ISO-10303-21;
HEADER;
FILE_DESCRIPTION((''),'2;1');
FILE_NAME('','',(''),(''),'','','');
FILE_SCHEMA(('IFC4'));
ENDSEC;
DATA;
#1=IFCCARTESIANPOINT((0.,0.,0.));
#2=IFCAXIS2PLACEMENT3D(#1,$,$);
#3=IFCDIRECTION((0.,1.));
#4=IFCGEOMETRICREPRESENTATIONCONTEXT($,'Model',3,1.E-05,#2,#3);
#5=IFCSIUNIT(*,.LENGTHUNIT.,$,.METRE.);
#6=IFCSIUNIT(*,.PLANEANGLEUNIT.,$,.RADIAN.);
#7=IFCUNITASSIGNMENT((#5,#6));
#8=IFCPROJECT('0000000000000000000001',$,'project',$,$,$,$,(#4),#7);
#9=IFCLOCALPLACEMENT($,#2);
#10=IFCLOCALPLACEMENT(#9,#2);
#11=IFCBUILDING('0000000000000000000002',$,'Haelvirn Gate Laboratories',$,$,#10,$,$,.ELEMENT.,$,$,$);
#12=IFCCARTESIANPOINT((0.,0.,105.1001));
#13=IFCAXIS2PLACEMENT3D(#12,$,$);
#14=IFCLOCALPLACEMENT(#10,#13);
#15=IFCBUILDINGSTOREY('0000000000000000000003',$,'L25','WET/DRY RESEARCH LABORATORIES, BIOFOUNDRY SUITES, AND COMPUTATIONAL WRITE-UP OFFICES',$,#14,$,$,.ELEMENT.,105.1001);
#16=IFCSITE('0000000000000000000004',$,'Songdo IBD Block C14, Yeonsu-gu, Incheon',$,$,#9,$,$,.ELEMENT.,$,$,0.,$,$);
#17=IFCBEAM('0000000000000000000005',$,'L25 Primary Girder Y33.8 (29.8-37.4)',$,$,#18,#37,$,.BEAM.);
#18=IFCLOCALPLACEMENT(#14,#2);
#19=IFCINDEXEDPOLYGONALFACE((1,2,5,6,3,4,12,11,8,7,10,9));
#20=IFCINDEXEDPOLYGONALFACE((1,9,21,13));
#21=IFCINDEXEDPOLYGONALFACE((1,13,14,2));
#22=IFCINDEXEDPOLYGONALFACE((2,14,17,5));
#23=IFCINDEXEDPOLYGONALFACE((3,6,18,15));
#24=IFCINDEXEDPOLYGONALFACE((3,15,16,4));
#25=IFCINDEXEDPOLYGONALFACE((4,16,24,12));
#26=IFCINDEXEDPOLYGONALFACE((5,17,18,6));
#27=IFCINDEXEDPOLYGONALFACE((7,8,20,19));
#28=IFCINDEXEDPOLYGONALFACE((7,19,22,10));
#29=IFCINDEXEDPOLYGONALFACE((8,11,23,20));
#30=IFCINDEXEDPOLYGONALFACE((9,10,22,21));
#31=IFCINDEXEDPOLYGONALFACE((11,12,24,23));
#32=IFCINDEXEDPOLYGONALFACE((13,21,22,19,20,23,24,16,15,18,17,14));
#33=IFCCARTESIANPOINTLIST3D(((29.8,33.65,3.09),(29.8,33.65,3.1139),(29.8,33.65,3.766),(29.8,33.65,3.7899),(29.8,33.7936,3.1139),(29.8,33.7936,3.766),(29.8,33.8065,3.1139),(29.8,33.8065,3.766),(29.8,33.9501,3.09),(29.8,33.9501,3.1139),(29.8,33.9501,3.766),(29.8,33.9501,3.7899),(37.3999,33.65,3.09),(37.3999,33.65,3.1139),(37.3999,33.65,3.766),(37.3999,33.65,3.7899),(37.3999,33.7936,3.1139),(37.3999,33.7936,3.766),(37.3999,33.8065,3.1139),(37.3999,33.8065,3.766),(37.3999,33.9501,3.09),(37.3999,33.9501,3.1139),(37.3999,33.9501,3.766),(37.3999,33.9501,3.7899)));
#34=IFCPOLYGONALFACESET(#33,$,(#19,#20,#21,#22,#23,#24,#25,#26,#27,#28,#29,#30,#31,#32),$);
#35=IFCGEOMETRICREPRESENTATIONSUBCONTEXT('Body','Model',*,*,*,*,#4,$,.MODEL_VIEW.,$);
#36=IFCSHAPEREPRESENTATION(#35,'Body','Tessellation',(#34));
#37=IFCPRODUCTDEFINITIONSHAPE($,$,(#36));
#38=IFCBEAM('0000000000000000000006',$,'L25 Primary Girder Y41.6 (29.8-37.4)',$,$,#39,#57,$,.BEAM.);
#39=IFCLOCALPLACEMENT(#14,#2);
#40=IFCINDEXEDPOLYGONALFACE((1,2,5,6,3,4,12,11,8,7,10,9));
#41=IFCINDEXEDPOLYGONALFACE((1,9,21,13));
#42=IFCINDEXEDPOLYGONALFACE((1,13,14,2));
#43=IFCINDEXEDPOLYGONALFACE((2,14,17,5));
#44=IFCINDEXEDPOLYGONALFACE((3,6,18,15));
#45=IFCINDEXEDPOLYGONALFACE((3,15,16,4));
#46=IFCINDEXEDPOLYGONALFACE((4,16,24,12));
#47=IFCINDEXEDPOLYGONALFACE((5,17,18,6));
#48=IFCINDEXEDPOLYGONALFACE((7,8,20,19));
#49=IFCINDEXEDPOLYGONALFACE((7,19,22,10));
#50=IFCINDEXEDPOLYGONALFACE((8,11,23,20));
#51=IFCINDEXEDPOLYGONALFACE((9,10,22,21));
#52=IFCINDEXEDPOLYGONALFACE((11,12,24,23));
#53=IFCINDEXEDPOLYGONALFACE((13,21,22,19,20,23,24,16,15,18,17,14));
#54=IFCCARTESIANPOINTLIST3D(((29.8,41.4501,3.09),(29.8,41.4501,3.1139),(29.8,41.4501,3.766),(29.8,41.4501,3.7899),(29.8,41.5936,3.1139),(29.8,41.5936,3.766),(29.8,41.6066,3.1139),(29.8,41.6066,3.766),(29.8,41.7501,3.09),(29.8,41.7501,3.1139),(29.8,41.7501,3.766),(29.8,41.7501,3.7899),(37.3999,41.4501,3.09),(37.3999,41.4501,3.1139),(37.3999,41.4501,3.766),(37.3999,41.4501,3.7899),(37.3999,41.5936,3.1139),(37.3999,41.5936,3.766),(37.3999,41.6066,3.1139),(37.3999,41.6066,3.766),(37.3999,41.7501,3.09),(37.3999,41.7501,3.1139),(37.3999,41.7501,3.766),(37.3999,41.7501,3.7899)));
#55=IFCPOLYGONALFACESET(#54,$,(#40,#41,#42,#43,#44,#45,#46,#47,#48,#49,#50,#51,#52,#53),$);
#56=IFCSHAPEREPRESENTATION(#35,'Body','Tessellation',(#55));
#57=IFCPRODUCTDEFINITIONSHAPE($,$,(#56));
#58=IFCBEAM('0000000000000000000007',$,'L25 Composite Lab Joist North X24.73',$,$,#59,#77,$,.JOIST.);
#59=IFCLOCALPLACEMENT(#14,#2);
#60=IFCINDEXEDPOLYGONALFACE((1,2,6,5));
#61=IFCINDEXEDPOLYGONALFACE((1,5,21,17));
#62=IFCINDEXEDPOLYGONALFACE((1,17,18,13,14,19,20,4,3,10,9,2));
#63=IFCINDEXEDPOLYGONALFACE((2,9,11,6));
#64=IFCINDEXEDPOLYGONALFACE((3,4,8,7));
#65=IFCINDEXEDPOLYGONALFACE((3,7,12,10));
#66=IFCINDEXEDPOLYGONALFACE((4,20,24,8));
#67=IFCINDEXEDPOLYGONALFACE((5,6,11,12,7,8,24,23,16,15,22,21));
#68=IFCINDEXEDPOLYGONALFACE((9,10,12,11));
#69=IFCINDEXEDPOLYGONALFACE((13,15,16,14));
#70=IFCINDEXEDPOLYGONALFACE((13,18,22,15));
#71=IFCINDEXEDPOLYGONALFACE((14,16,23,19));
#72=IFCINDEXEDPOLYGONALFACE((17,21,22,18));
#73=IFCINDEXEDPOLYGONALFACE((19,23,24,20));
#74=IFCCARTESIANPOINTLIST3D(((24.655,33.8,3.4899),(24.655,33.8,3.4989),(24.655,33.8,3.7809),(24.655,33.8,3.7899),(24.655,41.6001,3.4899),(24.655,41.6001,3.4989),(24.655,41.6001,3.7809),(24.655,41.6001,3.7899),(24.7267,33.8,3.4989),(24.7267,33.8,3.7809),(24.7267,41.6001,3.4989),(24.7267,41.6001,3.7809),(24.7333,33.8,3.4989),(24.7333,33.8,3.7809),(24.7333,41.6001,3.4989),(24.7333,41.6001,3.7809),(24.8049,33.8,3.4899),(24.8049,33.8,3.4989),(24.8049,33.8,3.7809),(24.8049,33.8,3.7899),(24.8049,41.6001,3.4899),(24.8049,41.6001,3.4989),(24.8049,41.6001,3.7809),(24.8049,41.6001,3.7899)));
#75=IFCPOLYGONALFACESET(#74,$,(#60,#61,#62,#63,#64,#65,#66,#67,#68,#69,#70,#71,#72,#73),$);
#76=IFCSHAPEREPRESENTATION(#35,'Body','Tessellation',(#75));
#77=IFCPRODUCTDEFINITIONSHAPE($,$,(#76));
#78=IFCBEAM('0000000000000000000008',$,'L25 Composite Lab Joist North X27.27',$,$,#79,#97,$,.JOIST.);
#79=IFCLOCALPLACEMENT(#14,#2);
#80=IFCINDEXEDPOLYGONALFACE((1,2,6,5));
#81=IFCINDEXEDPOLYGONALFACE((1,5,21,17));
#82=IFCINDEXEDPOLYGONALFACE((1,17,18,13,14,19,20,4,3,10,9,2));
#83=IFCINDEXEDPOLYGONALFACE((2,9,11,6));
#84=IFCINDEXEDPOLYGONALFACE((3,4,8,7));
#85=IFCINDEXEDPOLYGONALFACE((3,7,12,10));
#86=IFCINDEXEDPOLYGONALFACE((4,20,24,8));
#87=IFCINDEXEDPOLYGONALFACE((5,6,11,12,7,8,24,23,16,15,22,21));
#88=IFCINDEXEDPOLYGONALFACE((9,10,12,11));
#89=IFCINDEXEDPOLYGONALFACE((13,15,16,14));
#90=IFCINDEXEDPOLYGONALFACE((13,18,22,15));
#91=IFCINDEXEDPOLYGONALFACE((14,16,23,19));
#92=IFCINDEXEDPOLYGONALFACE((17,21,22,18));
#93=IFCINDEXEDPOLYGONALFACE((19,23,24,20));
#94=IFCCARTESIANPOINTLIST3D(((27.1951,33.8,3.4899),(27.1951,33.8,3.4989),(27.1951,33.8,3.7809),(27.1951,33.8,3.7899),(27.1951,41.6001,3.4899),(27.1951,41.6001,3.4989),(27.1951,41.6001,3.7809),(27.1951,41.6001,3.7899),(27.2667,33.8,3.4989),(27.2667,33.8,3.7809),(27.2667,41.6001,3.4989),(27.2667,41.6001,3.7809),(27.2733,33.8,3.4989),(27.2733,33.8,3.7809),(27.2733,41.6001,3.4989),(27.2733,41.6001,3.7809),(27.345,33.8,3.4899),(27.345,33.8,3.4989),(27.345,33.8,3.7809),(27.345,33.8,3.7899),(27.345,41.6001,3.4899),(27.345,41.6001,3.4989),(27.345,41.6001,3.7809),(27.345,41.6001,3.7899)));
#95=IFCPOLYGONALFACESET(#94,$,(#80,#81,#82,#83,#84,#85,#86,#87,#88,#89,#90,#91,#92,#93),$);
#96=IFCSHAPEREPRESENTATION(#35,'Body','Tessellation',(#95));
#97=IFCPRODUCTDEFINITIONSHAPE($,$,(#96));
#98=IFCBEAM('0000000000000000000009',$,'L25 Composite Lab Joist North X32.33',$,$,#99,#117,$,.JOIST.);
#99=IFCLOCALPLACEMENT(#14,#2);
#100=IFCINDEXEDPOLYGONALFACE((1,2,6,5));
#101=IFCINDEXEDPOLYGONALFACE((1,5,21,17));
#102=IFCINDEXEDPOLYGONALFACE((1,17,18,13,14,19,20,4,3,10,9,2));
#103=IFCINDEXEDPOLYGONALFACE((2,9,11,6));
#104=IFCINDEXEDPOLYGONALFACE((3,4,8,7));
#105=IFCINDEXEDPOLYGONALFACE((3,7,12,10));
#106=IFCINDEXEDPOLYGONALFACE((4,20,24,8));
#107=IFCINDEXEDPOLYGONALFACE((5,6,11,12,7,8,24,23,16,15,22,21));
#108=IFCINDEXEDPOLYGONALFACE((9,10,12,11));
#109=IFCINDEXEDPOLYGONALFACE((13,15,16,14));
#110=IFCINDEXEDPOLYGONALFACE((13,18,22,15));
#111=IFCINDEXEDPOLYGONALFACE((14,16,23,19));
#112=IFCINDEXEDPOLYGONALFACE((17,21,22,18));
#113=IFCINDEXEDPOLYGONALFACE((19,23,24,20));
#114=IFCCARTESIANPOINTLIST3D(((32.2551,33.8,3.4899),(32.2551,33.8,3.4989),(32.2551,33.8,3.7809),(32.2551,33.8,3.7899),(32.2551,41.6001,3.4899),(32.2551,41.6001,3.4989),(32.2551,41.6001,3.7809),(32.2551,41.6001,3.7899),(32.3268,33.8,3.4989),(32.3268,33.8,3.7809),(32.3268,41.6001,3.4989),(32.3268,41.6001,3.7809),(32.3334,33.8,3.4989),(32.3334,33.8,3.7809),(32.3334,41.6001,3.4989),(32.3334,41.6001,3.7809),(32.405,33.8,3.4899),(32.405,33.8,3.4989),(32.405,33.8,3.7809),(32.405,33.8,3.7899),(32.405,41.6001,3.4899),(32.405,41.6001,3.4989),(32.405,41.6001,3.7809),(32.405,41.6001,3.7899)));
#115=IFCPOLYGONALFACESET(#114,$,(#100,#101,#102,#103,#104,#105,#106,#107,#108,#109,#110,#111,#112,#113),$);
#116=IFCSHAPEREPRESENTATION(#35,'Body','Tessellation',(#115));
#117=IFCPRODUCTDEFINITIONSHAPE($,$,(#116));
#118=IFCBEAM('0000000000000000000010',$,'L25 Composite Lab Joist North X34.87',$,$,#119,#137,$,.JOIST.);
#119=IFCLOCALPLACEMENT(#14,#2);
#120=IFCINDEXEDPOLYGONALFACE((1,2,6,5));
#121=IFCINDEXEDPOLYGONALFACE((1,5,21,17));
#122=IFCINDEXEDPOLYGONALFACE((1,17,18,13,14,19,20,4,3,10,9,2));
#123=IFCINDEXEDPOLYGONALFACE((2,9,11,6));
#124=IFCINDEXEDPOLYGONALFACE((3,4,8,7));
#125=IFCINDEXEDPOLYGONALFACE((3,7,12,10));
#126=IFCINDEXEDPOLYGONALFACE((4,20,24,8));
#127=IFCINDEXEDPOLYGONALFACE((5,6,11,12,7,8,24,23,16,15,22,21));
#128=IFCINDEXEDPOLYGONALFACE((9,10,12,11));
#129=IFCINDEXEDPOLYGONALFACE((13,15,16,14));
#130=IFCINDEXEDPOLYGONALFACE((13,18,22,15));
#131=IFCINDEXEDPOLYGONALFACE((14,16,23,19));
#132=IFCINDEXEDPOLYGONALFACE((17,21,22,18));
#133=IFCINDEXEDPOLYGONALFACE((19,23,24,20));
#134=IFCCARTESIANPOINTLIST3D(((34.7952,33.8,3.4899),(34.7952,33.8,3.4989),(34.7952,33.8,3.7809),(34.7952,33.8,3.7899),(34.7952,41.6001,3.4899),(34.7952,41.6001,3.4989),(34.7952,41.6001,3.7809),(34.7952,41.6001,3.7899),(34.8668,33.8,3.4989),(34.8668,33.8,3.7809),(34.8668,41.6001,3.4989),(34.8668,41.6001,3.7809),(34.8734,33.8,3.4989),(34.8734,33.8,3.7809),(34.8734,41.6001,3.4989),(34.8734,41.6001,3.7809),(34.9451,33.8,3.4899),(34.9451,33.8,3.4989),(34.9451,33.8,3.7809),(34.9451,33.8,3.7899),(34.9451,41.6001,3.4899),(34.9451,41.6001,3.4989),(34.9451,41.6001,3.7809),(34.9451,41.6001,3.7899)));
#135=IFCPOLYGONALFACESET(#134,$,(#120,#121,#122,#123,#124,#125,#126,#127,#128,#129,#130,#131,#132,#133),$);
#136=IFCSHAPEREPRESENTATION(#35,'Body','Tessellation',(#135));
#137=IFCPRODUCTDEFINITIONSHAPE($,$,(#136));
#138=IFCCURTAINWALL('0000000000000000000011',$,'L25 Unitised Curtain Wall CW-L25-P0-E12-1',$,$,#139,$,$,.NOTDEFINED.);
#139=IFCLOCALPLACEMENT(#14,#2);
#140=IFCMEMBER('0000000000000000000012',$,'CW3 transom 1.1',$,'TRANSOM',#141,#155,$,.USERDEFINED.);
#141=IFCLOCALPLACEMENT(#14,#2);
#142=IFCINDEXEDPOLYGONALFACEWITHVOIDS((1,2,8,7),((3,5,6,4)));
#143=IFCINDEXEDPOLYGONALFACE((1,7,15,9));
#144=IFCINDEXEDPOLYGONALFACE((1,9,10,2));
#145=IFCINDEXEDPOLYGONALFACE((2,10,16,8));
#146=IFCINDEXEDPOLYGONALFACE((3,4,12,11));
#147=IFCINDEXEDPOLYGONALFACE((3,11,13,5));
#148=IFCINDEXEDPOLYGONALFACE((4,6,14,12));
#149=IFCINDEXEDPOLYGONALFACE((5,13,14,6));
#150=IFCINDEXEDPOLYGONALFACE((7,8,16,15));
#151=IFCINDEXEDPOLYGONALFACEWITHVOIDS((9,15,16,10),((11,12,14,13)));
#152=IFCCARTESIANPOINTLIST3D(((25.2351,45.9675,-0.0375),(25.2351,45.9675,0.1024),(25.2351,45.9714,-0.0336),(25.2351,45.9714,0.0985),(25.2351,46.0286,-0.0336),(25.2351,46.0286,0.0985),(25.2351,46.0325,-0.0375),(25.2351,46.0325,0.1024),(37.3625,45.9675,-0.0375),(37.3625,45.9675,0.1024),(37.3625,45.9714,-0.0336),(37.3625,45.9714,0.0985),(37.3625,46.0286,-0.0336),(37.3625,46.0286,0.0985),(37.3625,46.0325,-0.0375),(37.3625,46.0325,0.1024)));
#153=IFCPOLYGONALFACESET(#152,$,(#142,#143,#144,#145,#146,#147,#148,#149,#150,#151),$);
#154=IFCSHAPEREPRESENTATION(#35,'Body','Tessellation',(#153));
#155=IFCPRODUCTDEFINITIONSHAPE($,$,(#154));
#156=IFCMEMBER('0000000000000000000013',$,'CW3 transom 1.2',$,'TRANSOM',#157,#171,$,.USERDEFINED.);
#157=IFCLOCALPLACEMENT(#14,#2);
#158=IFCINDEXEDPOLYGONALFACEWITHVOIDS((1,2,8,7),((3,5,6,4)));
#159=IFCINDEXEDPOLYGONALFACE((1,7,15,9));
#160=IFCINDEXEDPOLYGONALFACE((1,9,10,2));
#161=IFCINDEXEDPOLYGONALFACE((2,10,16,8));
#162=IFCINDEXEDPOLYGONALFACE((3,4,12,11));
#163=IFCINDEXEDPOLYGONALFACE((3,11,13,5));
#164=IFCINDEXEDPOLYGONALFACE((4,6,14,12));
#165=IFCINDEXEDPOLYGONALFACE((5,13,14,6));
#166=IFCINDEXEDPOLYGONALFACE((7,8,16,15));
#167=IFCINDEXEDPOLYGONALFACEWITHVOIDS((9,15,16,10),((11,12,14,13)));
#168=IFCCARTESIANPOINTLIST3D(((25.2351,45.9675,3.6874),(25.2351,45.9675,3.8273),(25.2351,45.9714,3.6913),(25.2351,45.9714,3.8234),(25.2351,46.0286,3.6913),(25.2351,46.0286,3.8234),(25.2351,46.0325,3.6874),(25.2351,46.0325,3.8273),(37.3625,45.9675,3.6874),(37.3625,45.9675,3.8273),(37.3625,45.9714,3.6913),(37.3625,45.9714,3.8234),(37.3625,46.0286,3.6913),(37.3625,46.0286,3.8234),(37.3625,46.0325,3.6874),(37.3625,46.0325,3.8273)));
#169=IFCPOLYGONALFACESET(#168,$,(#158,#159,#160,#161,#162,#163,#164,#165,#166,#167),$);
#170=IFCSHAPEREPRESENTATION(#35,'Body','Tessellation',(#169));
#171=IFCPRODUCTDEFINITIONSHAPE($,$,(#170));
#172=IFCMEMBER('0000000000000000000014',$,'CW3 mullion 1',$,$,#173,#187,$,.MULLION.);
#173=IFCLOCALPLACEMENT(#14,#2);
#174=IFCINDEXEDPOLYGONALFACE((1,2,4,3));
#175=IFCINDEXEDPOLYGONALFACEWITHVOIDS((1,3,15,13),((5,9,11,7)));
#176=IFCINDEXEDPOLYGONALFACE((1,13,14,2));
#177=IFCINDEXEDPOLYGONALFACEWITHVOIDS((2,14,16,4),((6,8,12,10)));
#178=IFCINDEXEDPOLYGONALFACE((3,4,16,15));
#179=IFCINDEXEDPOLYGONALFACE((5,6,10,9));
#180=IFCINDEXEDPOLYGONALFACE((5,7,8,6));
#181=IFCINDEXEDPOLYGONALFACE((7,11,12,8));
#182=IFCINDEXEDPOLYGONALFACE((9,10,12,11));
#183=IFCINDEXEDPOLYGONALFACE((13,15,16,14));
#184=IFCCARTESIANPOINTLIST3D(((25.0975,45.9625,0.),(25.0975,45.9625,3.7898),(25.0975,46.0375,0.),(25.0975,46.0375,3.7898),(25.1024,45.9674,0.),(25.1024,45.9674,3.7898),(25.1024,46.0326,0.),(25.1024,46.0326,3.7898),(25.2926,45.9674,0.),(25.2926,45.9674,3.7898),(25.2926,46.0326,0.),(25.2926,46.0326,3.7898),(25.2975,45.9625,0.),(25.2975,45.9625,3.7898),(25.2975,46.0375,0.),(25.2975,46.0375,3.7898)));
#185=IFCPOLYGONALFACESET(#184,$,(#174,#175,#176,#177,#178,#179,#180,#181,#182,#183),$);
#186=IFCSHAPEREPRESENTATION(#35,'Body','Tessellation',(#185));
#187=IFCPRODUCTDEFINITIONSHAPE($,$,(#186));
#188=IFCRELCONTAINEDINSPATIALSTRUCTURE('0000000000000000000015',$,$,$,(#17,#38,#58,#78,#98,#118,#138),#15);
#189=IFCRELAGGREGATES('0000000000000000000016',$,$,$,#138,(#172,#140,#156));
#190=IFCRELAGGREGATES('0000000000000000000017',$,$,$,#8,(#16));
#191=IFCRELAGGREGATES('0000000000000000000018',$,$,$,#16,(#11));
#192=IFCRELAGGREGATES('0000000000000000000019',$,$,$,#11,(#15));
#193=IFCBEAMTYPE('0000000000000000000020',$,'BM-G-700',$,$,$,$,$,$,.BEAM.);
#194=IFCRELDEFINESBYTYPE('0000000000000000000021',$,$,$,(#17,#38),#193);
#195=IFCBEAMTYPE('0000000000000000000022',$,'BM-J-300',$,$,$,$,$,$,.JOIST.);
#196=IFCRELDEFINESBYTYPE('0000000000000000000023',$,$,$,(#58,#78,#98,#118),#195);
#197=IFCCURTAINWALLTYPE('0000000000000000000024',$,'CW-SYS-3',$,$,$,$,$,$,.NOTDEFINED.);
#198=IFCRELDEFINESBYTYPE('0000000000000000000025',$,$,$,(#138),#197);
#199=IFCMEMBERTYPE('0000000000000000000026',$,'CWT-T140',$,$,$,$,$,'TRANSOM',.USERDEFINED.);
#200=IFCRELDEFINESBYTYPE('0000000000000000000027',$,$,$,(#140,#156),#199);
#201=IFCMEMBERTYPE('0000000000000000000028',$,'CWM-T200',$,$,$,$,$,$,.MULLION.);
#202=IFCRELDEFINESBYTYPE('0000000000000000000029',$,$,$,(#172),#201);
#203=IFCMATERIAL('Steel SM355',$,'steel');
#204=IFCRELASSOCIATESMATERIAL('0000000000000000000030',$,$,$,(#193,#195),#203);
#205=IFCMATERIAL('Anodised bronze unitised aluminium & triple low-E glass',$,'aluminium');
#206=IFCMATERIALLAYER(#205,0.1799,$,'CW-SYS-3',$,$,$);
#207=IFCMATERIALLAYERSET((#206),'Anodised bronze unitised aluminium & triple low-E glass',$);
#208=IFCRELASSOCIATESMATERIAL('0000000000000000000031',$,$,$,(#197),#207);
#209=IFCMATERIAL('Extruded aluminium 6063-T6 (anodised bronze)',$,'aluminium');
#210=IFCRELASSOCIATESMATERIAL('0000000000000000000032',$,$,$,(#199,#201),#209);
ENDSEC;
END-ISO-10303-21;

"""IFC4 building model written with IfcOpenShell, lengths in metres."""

from ifc_helpers import new_model, si_unit, direction, frame, origin, origin_2d, place, context, subcontext, project, spatial, hollow_rectangle, i_section, extrude, source, transform, mapped, material, layer, layer_set, material_profile, profile_set, type_object, type_shapes, element, aggregate, save


model = new_model("IFC4")

# Units and contexts
model_context = context("Model", 3, precision=1e-05, world=origin(), true_north=direction((0.0, 1.0)))
body_context = subcontext(model_context, "Body", "Model", "MODEL_VIEW")
ifc_project = project(units=[si_unit("LENGTHUNIT", "METRE"), si_unit("PLANEANGLEUNIT", "RADIAN")], contexts=[model_context])

# Site, building, storey
site_placement = place(None, origin())
site = spatial("IfcSite", under=ifc_project, at=site_placement, Name="Songdo IBD Block C14, Yeonsu-gu, Incheon", CompositionType="ELEMENT", RefElevation=0.0)
building_placement = place(site_placement, origin())
building = spatial("IfcBuilding", under=site, at=building_placement, Name="Haelvirn Gate Laboratories", CompositionType="ELEMENT")
storey_placement = place(building_placement, frame((0.0, 0.0, 105.1001)))
storey = spatial("IfcBuildingStorey", under=building, at=storey_placement, Name="L25", Description="WET/DRY RESEARCH LABORATORIES, BIOFOUNDRY SUITES, AND COMPUTATIONAL WRITE-UP OFFICES", CompositionType="ELEMENT", Elevation=105.1001)

# Shared definitions
ifc_material_1 = material(Name="Steel SM355", Category="steel")

# Beams
ifc_material_profile_1 = material_profile(ifc_material_1, i_section(OverallWidth=0.3, OverallDepth=0.7, WebThickness=0.0129, FlangeThickness=0.0239, at=origin_2d()), Name="H-700x300x13x24")
ifc_profile_set_1 = profile_set([ifc_material_profile_1], Name="Steel SM355")
beam_type_1 = type_object("IfcBeamType", Name="BM-G-700", PredefinedType="BEAM", material=ifc_profile_set_1)
shared_shape_1 = source(origin(), body_context, "Body", "SweptSolid", [
    extrude(i_section(OverallWidth=0.3, OverallDepth=0.7, WebThickness=0.0129, FlangeThickness=0.0239, at=origin_2d()), origin(), (0.0, 0.0, 1.0), 7.5999),
])
for number, where, z_axis, x_axis, name in (
    (1, (29.8, 33.8, 3.4399), (1.0, 0.0, 0.0), (0.0, 1.0, 0.0), "L25 Primary Girder Y33.8 (29.8-37.4)"),
    (2, (29.8, 41.6001, 3.4399), (1.0, 0.0, 0.0), (0.0, 1.0, 0.0), "L25 Primary Girder Y41.6 (29.8-37.4)"),
):
    element("IfcBeam", number, at=place(storey_placement, frame(where, z_axis=z_axis, x_axis=x_axis)), inside=storey, type_object=beam_type_1, Name=name, PredefinedType="BEAM", context=body_context, shape_type="MappedRepresentation", body=[
        mapped(shared_shape_1, transform((0.0, 0.0, 0.0), scale=1.0)),
    ])
ifc_material_profile_2 = material_profile(ifc_material_1, i_section(OverallWidth=0.1499, OverallDepth=0.3, WebThickness=0.0066, FlangeThickness=0.009, at=origin_2d()), Name="H-300x150x6.5x9")
ifc_profile_set_2 = profile_set([ifc_material_profile_2], Name="Steel SM355")
beam_type_2 = type_object("IfcBeamType", Name="BM-J-300", PredefinedType="JOIST", material=ifc_profile_set_2)
shared_shape_2 = source(origin(), body_context, "Body", "SweptSolid", [
    extrude(i_section(OverallWidth=0.1499, OverallDepth=0.3, WebThickness=0.0066, FlangeThickness=0.009, at=origin_2d()), origin(), (0.0, 0.0, 1.0), 7.8),
])
type_shapes(beam_type_2, [shared_shape_2])
for number, where, z_axis, x_axis, name in (
    (3, (24.73, 33.8, 3.6399), (0.0, 1.0, 0.0), (-1.0, 0.0, 0.0), "L25 Composite Lab Joist North X24.73"),
    (4, (27.27, 33.8, 3.6399), (0.0, 1.0, 0.0), (-1.0, 0.0, 0.0), "L25 Composite Lab Joist North X27.27"),
    (5, (32.3301, 33.8, 3.6399), (0.0, 1.0, 0.0), (-1.0, 0.0, 0.0), "L25 Composite Lab Joist North X32.33"),
    (6, (34.8701, 33.8, 3.6399), (0.0, 1.0, 0.0), (-1.0, 0.0, 0.0), "L25 Composite Lab Joist North X34.87"),
):
    element("IfcBeam", number, at=place(storey_placement, frame(where, z_axis=z_axis, x_axis=x_axis)), inside=storey, type_object=beam_type_2, Name=name, PredefinedType="JOIST", context=body_context, shape_type="MappedRepresentation", body=[
        mapped(shared_shape_2, transform((0.0, 0.0, 0.0), scale=1.0)),
    ])

# Curtain wall, members
ifc_material_2 = material(Name="Anodised bronze unitised aluminium & triple low-E glass", Category="aluminium")
ifc_layer_1 = layer(ifc_material_2, 0.1799, Name="CW-SYS-3")
ifc_layer_set_1 = layer_set([ifc_layer_1], Name="Anodised bronze unitised aluminium & triple low-E glass")
curtain_wall_type = type_object("IfcCurtainWallType", Name="CW-SYS-3", PredefinedType="NOTDEFINED", material=ifc_layer_set_1)
curtain_wall_1_placement = place(storey_placement, origin())
curtain_wall_1 = element("IfcCurtainWall", 7, at=curtain_wall_1_placement, inside=storey, type_object=curtain_wall_type, Name="L25 Unitised Curtain Wall CW-L25-P0-E12-1", PredefinedType="NOTDEFINED")
ifc_material_3 = material(Name="Extruded aluminium 6063-T6 (anodised bronze)", Category="aluminium")
ifc_material_profile_3 = material_profile(ifc_material_3, hollow_rectangle(XDim=0.0649, YDim=0.1399, WallThickness=0.0039, at=origin_2d()), Name="CWT-140x65x4")
ifc_profile_set_3 = profile_set([ifc_material_profile_3], Name="Extruded aluminium 6063-T6 (anodised bronze)")
member_type_1 = type_object("IfcMemberType", Name="CWT-T140", ElementType="TRANSOM", PredefinedType="USERDEFINED", material=ifc_profile_set_3)
shared_shape_3 = source(origin(), body_context, "Body", "SweptSolid", [
    extrude(hollow_rectangle(XDim=0.0649, YDim=0.1399, WallThickness=0.0039, at=origin_2d()), origin(), (0.0, 0.0, 1.0), 12.1274),
])
type_shapes(member_type_1, [shared_shape_3])
member_1_placement = place(storey_placement, frame((25.2351, 46.0, 0.0325), z_axis=(1.0, 0.0, 0.0), x_axis=(0.0, 1.0, 0.0)))
member_1 = element("IfcMember", 8, at=member_1_placement, type_object=member_type_1, Name="CW3 transom 1.1", ObjectType="TRANSOM", PredefinedType="USERDEFINED", context=body_context, shape_type="MappedRepresentation", body=[
    mapped(shared_shape_3, transform((0.0, 0.0, 0.0), scale=1.0)),
])
member_2_placement = place(storey_placement, frame((25.2351, 46.0, 3.7573), z_axis=(1.0, 0.0, 0.0), x_axis=(0.0, 1.0, 0.0)))
member_2 = element("IfcMember", 9, at=member_2_placement, type_object=member_type_1, Name="CW3 transom 1.2", ObjectType="TRANSOM", PredefinedType="USERDEFINED", context=body_context, shape_type="MappedRepresentation", body=[
    mapped(shared_shape_3, transform((0.0, 0.0, 0.0), scale=1.0)),
])
ifc_material_profile_4 = material_profile(ifc_material_3, hollow_rectangle(XDim=0.075, YDim=0.2, WallThickness=0.0049, at=origin_2d()), Name="CWM-200x75x5")
ifc_profile_set_4 = profile_set([ifc_material_profile_4], Name="Extruded aluminium 6063-T6 (anodised bronze)")
member_type_2 = type_object("IfcMemberType", Name="CWM-T200", PredefinedType="MULLION", material=ifc_profile_set_4)
shared_shape_4 = source(origin(), body_context, "Body", "SweptSolid", [
    extrude(hollow_rectangle(XDim=0.075, YDim=0.2, WallThickness=0.0049, at=origin_2d()), origin(), (0.0, 0.0, 1.0), 3.7898),
])
type_shapes(member_type_2, [shared_shape_4])
member_3_placement = place(storey_placement, frame((25.1975, 46.0, 0.0), z_axis=(0.0, 0.0, 1.0), x_axis=(0.0, 1.0, 0.0)))
member_3 = element("IfcMember", 10, at=member_3_placement, type_object=member_type_2, Name="CW3 mullion 1", PredefinedType="MULLION", context=body_context, shape_type="MappedRepresentation", body=[
    mapped(shared_shape_4, transform((0.0, 0.0, 0.0), scale=1.0)),
])

aggregate(curtain_wall_1, [member_3, member_1, member_2])

save(model, "model.ifc")
